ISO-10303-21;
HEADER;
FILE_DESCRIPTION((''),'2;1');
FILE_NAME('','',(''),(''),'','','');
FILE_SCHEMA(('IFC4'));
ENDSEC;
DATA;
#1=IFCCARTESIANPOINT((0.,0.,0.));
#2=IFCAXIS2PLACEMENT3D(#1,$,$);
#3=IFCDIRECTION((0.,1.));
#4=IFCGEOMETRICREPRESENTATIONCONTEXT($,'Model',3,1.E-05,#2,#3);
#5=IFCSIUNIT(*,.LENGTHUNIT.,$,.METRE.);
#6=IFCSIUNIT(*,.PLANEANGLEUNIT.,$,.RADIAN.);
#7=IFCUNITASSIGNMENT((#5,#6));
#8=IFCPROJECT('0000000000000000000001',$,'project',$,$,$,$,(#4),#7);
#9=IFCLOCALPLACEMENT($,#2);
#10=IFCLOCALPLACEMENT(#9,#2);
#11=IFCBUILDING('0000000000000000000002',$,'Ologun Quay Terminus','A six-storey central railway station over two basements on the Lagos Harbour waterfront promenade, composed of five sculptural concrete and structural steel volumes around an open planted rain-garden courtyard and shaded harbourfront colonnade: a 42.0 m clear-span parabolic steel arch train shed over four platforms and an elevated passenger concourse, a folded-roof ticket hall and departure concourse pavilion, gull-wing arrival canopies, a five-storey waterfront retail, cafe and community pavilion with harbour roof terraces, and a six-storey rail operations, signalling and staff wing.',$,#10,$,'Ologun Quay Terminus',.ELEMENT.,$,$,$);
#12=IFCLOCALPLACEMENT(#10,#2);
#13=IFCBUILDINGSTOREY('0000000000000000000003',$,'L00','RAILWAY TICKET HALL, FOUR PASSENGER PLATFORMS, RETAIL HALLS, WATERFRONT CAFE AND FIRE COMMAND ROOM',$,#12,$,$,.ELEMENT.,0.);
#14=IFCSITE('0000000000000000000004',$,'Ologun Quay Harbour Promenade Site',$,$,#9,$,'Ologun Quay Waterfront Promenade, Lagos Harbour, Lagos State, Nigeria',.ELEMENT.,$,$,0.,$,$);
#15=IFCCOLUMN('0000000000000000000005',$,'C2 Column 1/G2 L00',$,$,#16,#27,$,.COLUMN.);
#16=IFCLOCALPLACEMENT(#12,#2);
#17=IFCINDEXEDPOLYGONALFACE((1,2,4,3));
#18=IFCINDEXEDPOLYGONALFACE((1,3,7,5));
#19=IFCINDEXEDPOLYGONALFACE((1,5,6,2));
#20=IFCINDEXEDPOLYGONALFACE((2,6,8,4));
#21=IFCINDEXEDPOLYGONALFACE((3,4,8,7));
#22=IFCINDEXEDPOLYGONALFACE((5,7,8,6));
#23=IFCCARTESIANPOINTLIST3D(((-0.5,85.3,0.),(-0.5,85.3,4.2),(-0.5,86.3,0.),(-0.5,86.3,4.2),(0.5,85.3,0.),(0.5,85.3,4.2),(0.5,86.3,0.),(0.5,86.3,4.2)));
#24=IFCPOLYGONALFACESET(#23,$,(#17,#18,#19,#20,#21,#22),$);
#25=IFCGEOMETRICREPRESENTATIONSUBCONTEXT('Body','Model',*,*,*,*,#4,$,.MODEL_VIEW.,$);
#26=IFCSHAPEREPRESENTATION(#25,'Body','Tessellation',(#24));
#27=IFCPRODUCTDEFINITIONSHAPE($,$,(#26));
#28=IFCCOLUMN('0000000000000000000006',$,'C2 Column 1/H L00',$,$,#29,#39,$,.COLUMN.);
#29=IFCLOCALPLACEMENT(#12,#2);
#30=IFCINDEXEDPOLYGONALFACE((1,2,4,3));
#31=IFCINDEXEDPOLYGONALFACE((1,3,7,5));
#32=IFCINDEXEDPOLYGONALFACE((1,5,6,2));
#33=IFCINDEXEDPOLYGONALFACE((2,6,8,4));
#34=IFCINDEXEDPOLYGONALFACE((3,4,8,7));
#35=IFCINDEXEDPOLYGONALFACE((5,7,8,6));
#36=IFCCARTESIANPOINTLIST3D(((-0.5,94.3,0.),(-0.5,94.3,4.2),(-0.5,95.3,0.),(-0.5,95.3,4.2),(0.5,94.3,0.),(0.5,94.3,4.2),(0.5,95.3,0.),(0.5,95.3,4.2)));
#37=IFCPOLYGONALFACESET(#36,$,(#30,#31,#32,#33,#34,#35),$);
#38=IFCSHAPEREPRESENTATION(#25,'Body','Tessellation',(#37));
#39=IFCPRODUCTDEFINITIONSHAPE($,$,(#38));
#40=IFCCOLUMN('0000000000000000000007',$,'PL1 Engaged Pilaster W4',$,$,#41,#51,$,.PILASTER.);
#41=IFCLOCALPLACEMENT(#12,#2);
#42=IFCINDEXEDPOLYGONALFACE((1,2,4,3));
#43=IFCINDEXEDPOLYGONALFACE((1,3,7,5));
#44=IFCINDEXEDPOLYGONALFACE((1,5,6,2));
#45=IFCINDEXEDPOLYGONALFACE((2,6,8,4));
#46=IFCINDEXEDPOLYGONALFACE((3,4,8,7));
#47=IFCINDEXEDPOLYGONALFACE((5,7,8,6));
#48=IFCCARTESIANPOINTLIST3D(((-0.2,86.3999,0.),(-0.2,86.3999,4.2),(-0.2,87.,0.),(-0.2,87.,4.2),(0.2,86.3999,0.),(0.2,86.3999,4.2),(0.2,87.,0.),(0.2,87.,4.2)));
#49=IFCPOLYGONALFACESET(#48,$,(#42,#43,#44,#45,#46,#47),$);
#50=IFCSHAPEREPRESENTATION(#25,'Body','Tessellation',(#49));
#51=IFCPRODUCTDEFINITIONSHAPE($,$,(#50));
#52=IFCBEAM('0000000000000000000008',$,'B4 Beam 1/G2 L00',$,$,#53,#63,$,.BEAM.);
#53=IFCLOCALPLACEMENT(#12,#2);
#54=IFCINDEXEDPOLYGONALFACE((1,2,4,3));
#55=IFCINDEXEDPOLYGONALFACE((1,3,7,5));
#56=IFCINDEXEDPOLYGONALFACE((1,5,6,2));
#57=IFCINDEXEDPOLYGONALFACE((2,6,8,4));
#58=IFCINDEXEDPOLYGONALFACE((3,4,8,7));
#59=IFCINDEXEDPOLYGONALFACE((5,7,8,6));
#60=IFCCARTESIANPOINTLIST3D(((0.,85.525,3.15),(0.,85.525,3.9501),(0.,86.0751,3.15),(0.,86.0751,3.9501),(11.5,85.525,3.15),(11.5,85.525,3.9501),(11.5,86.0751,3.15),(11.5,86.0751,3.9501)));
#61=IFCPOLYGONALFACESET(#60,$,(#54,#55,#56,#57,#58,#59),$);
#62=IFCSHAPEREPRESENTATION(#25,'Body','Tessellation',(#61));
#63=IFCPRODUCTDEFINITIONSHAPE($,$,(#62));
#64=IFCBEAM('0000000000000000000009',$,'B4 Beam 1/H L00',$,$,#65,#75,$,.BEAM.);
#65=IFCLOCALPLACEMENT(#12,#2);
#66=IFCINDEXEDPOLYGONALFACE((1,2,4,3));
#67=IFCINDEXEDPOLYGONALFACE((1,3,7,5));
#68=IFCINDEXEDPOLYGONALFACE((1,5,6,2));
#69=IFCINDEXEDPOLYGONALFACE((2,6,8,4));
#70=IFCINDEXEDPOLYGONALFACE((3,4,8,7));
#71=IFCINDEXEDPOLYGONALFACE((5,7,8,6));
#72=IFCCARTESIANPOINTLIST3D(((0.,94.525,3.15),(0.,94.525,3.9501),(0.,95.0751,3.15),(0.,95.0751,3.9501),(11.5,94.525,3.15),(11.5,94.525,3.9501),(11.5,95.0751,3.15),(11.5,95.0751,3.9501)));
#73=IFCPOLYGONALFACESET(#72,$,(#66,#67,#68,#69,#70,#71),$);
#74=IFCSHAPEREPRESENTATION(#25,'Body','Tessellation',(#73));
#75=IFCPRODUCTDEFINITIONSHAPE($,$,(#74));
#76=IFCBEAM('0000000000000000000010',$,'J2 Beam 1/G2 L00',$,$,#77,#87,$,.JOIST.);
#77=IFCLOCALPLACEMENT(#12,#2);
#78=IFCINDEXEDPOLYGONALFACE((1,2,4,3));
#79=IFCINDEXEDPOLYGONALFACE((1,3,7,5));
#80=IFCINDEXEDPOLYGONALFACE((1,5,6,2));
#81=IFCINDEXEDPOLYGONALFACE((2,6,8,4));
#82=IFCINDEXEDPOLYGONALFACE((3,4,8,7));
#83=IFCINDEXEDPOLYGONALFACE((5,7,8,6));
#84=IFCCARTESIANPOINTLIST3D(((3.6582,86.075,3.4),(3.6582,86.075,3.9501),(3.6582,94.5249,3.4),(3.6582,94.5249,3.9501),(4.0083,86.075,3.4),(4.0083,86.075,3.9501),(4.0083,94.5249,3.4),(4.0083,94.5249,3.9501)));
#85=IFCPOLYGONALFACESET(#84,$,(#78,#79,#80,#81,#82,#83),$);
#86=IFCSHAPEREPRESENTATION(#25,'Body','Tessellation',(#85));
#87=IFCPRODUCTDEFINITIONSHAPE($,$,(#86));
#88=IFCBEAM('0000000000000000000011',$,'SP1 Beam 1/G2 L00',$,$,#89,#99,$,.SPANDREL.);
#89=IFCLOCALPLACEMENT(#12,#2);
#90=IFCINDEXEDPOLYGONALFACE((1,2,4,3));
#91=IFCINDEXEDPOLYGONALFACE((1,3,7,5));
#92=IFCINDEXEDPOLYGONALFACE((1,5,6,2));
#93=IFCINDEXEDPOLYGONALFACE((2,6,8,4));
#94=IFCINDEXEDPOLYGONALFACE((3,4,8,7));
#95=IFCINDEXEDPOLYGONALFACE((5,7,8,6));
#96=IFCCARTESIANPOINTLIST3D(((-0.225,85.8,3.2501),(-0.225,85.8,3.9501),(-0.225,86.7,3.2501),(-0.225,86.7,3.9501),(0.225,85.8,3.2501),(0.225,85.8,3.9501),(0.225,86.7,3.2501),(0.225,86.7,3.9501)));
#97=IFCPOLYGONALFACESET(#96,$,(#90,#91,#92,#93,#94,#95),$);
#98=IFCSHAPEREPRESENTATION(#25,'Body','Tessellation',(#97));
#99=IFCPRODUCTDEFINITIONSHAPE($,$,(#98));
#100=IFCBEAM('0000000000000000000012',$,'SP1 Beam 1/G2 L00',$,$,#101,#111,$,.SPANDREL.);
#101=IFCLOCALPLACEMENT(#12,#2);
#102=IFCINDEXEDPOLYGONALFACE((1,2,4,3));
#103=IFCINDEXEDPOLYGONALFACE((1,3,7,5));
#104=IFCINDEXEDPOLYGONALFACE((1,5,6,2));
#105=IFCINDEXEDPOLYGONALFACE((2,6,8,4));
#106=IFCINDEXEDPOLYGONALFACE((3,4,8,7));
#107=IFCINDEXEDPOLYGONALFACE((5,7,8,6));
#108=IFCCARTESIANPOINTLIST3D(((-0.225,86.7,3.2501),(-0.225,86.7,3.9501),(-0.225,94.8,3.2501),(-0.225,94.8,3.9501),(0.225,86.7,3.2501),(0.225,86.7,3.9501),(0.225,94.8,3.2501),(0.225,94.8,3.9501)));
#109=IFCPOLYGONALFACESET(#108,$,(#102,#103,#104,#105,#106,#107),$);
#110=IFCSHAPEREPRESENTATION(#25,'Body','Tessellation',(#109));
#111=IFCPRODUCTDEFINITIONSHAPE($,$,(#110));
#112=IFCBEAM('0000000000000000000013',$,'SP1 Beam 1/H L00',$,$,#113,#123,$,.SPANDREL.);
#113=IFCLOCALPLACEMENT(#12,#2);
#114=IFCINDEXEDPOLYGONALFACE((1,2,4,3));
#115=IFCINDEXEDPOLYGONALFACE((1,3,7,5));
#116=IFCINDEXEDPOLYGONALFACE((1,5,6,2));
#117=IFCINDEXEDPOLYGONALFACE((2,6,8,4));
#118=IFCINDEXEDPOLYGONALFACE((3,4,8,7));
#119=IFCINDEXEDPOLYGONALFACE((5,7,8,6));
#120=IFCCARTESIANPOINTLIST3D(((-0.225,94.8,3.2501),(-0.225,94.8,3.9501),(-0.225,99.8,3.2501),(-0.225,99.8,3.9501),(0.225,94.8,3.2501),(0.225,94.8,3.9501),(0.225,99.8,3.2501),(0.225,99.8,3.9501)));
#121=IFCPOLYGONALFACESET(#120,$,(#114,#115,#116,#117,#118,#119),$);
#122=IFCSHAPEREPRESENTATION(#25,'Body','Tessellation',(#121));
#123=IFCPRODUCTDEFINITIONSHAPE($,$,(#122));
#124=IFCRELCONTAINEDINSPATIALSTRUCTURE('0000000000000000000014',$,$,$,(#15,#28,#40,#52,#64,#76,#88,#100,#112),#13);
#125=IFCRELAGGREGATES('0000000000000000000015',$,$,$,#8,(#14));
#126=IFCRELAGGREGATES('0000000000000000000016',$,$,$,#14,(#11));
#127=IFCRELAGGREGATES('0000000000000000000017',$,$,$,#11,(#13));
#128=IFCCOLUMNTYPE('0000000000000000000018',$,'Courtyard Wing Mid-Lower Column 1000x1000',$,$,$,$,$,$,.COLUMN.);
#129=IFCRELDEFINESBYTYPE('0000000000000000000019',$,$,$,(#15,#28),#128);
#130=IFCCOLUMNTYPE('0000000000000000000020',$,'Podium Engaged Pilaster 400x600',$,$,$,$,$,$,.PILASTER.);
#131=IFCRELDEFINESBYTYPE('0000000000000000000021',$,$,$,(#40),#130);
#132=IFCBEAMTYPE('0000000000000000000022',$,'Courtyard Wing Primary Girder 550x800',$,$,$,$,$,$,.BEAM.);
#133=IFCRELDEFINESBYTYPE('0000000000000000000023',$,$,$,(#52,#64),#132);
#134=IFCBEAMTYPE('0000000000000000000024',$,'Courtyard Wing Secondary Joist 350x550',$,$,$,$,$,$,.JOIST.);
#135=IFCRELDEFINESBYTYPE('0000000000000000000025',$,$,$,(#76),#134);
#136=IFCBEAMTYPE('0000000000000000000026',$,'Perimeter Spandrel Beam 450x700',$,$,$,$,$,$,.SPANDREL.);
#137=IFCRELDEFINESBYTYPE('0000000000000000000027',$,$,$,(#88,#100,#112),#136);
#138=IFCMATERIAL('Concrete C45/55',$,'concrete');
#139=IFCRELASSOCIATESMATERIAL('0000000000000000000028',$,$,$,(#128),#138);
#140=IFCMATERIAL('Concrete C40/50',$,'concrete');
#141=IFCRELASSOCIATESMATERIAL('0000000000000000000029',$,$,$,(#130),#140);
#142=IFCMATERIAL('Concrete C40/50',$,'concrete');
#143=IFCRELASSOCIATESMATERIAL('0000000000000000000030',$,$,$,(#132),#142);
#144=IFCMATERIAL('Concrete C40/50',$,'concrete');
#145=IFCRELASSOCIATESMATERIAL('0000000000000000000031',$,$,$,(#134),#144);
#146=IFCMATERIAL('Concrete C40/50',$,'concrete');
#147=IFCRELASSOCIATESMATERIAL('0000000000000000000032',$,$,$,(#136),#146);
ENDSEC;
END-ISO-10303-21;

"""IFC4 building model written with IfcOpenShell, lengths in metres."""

from ifc_helpers import new_model, si_unit, direction, frame, origin, origin_2d, place, context, subcontext, project, spatial, rectangle, extrude, material, material_profile, profile_set, type_object, element, save


model = new_model("IFC4")

# Units and contexts
model_context = context("Model", 3, precision=1e-05, world=origin(), true_north=direction((0.0, 1.0)))
body_context = subcontext(model_context, "Body", "Model", "MODEL_VIEW")
ifc_project = project(units=[si_unit("LENGTHUNIT", "METRE"), si_unit("PLANEANGLEUNIT", "RADIAN")], contexts=[model_context])

# Site, building, storey
site_placement = place(None, origin())
site = spatial("IfcSite", under=ifc_project, at=site_placement, Name="Ologun Quay Harbour Promenade Site", LongName="Ologun Quay Waterfront Promenade, Lagos Harbour, Lagos State, Nigeria", CompositionType="ELEMENT", RefElevation=0.0)
building_placement = place(site_placement, origin())
building = spatial("IfcBuilding", under=site, at=building_placement, Name="Ologun Quay Terminus", Description="A six-storey central railway station over two basements on the Lagos Harbour waterfront promenade, composed of five sculptural concrete and structural steel volumes around an open planted rain-garden courtyard and shaded harbourfront colonnade: a 42.0 m clear-span parabolic steel arch train shed over four platforms and an elevated passenger concourse, a folded-roof ticket hall and departure concourse pavilion, gull-wing arrival canopies, a five-storey waterfront retail, cafe and community pavilion with harbour roof terraces, and a six-storey rail operations, signalling and staff wing.", LongName="Ologun Quay Terminus", CompositionType="ELEMENT")
storey_placement = place(building_placement, origin())
storey = spatial("IfcBuildingStorey", under=building, at=storey_placement, Name="L00", Description="RAILWAY TICKET HALL, FOUR PASSENGER PLATFORMS, RETAIL HALLS, WATERFRONT CAFE AND FIRE COMMAND ROOM", CompositionType="ELEMENT", Elevation=0.0)

# Columns
ifc_material_1 = material(Name="Concrete C45/55", Category="concrete")
ifc_material_profile_1 = material_profile(ifc_material_1, rectangle(XDim=1.0, YDim=1.0, at=origin_2d()), Name="RC 1000x1000")
ifc_profile_set_1 = profile_set([ifc_material_profile_1], Name="Concrete C45/55")
column_type_1 = type_object("IfcColumnType", Name="Courtyard Wing Mid-Lower Column 1000x1000", PredefinedType="COLUMN", material=ifc_profile_set_1)
for number, where, z_axis, x_axis, name in (
    (1, (0.0, 85.8, 0.0), (0.0, 0.0, 1.0), (1.0, 0.0, 0.0), "C2 Column 1/G2 L00"),
    (2, (0.0, 94.8, 0.0), (0.0, 0.0, 1.0), (1.0, 0.0, 0.0), "C2 Column 1/H L00"),
):
    element("IfcColumn", number, at=place(storey_placement, frame(where, z_axis=z_axis, x_axis=x_axis)), inside=storey, type_object=column_type_1, Name=name, PredefinedType="COLUMN", context=body_context, shape_type="SweptSolid", body=[
        extrude(rectangle(XDim=1.0, YDim=1.0, at=origin_2d()), origin(), (0.0, 0.0, 1.0), 4.2),
    ])
ifc_material_2 = material(Name="Concrete C40/50", Category="concrete")
ifc_material_profile_2 = material_profile(ifc_material_2, rectangle(XDim=0.3999, YDim=0.6001, at=origin_2d()), Name="RC 400x600")
ifc_profile_set_2 = profile_set([ifc_material_profile_2], Name="Concrete C40/50")
column_type_2 = type_object("IfcColumnType", Name="Podium Engaged Pilaster 400x600", PredefinedType="PILASTER", material=ifc_profile_set_2)
column_placement = place(storey_placement, frame((0.0, 86.7, 0.0), z_axis=(0.0, 0.0, 1.0), x_axis=(1.0, 0.0, 0.0)))
element("IfcColumn", 3, at=column_placement, inside=storey, type_object=column_type_2, Name="PL1 Engaged Pilaster W4", PredefinedType="PILASTER", context=body_context, shape_type="SweptSolid", body=[
    extrude(rectangle(XDim=0.3999, YDim=0.6001, at=origin_2d()), origin(), (0.0, 0.0, 1.0), 4.2),
])

# Beams
ifc_material_3 = material(Name="Concrete C40/50", Category="concrete")
ifc_material_profile_3 = material_profile(ifc_material_3, rectangle(XDim=0.55, YDim=0.8, at=origin_2d()), Name="RC 550x800")
ifc_profile_set_3 = profile_set([ifc_material_profile_3], Name="Concrete C40/50")
beam_type_1 = type_object("IfcBeamType", Name="Courtyard Wing Primary Girder 550x800", PredefinedType="BEAM", material=ifc_profile_set_3)
for number, where, z_axis, x_axis, name in (
    (4, (0.0, 85.8, 3.55), (1.0, 0.0, 0.0), (0.0, 1.0, 0.0), "B4 Beam 1/G2 L00"),
    (5, (0.0, 94.8, 3.55), (1.0, 0.0, 0.0), (0.0, 1.0, 0.0), "B4 Beam 1/H L00"),
):
    element("IfcBeam", number, at=place(storey_placement, frame(where, z_axis=z_axis, x_axis=x_axis)), inside=storey, type_object=beam_type_1, Name=name, PredefinedType="BEAM", context=body_context, shape_type="SweptSolid", body=[
        extrude(rectangle(XDim=0.55, YDim=0.8, at=origin_2d()), origin(), (0.0, 0.0, 1.0), 11.5),
    ])
ifc_material_4 = material(Name="Concrete C40/50", Category="concrete")
ifc_material_profile_4 = material_profile(ifc_material_4, rectangle(XDim=0.3501, YDim=0.55, at=origin_2d()), Name="RC 350x550")
ifc_profile_set_4 = profile_set([ifc_material_profile_4], Name="Concrete C40/50")
beam_type_2 = type_object("IfcBeamType", Name="Courtyard Wing Secondary Joist 350x550", PredefinedType="JOIST", material=ifc_profile_set_4)
beam_1_placement = place(storey_placement, frame((3.8333, 86.075, 3.675), z_axis=(0.0, 1.0, 0.0), x_axis=(-1.0, 0.0, 0.0)))
element("IfcBeam", 6, at=beam_1_placement, inside=storey, type_object=beam_type_2, Name="J2 Beam 1/G2 L00", PredefinedType="JOIST", context=body_context, shape_type="SweptSolid", body=[
    extrude(rectangle(XDim=0.3501, YDim=0.55, at=origin_2d()), origin(), (0.0, 0.0, 1.0), 8.45),
])
ifc_material_5 = material(Name="Concrete C40/50", Category="concrete")
ifc_material_profile_5 = material_profile(ifc_material_5, rectangle(XDim=0.45, YDim=0.7, at=origin_2d()), Name="RC 450x700")
ifc_profile_set_5 = profile_set([ifc_material_profile_5], Name="Concrete C40/50")
beam_type_3 = type_object("IfcBeamType", Name="Perimeter Spandrel Beam 450x700", PredefinedType="SPANDREL", material=ifc_profile_set_5)
beam_2_placement = place(storey_placement, frame((0.0, 85.8, 3.6001), z_axis=(0.0, 1.0, 0.0), x_axis=(-1.0, 0.0, 0.0)))
element("IfcBeam", 7, at=beam_2_placement, inside=storey, type_object=beam_type_3, Name="SP1 Beam 1/G2 L00", PredefinedType="SPANDREL", context=body_context, shape_type="SweptSolid", body=[
    extrude(rectangle(XDim=0.45, YDim=0.7, at=origin_2d()), origin(), (0.0, 0.0, 1.0), 0.8999),
])
beam_3_placement = place(storey_placement, frame((0.0, 86.7, 3.6001), z_axis=(0.0, 1.0, 0.0), x_axis=(-1.0, 0.0, 0.0)))
element("IfcBeam", 8, at=beam_3_placement, inside=storey, type_object=beam_type_3, Name="SP1 Beam 1/G2 L00", PredefinedType="SPANDREL", context=body_context, shape_type="SweptSolid", body=[
    extrude(rectangle(XDim=0.45, YDim=0.7, at=origin_2d()), origin(), (0.0, 0.0, 1.0), 8.1001),
])
beam_4_placement = place(storey_placement, frame((0.0, 94.8, 3.6001), z_axis=(0.0, 1.0, 0.0), x_axis=(-1.0, 0.0, 0.0)))
element("IfcBeam", 9, at=beam_4_placement, inside=storey, type_object=beam_type_3, Name="SP1 Beam 1/H L00", PredefinedType="SPANDREL", context=body_context, shape_type="SweptSolid", body=[
    extrude(rectangle(XDim=0.45, YDim=0.7, at=origin_2d()), origin(), (0.0, 0.0, 1.0), 5.0),
])

save(model, "model.ifc")
